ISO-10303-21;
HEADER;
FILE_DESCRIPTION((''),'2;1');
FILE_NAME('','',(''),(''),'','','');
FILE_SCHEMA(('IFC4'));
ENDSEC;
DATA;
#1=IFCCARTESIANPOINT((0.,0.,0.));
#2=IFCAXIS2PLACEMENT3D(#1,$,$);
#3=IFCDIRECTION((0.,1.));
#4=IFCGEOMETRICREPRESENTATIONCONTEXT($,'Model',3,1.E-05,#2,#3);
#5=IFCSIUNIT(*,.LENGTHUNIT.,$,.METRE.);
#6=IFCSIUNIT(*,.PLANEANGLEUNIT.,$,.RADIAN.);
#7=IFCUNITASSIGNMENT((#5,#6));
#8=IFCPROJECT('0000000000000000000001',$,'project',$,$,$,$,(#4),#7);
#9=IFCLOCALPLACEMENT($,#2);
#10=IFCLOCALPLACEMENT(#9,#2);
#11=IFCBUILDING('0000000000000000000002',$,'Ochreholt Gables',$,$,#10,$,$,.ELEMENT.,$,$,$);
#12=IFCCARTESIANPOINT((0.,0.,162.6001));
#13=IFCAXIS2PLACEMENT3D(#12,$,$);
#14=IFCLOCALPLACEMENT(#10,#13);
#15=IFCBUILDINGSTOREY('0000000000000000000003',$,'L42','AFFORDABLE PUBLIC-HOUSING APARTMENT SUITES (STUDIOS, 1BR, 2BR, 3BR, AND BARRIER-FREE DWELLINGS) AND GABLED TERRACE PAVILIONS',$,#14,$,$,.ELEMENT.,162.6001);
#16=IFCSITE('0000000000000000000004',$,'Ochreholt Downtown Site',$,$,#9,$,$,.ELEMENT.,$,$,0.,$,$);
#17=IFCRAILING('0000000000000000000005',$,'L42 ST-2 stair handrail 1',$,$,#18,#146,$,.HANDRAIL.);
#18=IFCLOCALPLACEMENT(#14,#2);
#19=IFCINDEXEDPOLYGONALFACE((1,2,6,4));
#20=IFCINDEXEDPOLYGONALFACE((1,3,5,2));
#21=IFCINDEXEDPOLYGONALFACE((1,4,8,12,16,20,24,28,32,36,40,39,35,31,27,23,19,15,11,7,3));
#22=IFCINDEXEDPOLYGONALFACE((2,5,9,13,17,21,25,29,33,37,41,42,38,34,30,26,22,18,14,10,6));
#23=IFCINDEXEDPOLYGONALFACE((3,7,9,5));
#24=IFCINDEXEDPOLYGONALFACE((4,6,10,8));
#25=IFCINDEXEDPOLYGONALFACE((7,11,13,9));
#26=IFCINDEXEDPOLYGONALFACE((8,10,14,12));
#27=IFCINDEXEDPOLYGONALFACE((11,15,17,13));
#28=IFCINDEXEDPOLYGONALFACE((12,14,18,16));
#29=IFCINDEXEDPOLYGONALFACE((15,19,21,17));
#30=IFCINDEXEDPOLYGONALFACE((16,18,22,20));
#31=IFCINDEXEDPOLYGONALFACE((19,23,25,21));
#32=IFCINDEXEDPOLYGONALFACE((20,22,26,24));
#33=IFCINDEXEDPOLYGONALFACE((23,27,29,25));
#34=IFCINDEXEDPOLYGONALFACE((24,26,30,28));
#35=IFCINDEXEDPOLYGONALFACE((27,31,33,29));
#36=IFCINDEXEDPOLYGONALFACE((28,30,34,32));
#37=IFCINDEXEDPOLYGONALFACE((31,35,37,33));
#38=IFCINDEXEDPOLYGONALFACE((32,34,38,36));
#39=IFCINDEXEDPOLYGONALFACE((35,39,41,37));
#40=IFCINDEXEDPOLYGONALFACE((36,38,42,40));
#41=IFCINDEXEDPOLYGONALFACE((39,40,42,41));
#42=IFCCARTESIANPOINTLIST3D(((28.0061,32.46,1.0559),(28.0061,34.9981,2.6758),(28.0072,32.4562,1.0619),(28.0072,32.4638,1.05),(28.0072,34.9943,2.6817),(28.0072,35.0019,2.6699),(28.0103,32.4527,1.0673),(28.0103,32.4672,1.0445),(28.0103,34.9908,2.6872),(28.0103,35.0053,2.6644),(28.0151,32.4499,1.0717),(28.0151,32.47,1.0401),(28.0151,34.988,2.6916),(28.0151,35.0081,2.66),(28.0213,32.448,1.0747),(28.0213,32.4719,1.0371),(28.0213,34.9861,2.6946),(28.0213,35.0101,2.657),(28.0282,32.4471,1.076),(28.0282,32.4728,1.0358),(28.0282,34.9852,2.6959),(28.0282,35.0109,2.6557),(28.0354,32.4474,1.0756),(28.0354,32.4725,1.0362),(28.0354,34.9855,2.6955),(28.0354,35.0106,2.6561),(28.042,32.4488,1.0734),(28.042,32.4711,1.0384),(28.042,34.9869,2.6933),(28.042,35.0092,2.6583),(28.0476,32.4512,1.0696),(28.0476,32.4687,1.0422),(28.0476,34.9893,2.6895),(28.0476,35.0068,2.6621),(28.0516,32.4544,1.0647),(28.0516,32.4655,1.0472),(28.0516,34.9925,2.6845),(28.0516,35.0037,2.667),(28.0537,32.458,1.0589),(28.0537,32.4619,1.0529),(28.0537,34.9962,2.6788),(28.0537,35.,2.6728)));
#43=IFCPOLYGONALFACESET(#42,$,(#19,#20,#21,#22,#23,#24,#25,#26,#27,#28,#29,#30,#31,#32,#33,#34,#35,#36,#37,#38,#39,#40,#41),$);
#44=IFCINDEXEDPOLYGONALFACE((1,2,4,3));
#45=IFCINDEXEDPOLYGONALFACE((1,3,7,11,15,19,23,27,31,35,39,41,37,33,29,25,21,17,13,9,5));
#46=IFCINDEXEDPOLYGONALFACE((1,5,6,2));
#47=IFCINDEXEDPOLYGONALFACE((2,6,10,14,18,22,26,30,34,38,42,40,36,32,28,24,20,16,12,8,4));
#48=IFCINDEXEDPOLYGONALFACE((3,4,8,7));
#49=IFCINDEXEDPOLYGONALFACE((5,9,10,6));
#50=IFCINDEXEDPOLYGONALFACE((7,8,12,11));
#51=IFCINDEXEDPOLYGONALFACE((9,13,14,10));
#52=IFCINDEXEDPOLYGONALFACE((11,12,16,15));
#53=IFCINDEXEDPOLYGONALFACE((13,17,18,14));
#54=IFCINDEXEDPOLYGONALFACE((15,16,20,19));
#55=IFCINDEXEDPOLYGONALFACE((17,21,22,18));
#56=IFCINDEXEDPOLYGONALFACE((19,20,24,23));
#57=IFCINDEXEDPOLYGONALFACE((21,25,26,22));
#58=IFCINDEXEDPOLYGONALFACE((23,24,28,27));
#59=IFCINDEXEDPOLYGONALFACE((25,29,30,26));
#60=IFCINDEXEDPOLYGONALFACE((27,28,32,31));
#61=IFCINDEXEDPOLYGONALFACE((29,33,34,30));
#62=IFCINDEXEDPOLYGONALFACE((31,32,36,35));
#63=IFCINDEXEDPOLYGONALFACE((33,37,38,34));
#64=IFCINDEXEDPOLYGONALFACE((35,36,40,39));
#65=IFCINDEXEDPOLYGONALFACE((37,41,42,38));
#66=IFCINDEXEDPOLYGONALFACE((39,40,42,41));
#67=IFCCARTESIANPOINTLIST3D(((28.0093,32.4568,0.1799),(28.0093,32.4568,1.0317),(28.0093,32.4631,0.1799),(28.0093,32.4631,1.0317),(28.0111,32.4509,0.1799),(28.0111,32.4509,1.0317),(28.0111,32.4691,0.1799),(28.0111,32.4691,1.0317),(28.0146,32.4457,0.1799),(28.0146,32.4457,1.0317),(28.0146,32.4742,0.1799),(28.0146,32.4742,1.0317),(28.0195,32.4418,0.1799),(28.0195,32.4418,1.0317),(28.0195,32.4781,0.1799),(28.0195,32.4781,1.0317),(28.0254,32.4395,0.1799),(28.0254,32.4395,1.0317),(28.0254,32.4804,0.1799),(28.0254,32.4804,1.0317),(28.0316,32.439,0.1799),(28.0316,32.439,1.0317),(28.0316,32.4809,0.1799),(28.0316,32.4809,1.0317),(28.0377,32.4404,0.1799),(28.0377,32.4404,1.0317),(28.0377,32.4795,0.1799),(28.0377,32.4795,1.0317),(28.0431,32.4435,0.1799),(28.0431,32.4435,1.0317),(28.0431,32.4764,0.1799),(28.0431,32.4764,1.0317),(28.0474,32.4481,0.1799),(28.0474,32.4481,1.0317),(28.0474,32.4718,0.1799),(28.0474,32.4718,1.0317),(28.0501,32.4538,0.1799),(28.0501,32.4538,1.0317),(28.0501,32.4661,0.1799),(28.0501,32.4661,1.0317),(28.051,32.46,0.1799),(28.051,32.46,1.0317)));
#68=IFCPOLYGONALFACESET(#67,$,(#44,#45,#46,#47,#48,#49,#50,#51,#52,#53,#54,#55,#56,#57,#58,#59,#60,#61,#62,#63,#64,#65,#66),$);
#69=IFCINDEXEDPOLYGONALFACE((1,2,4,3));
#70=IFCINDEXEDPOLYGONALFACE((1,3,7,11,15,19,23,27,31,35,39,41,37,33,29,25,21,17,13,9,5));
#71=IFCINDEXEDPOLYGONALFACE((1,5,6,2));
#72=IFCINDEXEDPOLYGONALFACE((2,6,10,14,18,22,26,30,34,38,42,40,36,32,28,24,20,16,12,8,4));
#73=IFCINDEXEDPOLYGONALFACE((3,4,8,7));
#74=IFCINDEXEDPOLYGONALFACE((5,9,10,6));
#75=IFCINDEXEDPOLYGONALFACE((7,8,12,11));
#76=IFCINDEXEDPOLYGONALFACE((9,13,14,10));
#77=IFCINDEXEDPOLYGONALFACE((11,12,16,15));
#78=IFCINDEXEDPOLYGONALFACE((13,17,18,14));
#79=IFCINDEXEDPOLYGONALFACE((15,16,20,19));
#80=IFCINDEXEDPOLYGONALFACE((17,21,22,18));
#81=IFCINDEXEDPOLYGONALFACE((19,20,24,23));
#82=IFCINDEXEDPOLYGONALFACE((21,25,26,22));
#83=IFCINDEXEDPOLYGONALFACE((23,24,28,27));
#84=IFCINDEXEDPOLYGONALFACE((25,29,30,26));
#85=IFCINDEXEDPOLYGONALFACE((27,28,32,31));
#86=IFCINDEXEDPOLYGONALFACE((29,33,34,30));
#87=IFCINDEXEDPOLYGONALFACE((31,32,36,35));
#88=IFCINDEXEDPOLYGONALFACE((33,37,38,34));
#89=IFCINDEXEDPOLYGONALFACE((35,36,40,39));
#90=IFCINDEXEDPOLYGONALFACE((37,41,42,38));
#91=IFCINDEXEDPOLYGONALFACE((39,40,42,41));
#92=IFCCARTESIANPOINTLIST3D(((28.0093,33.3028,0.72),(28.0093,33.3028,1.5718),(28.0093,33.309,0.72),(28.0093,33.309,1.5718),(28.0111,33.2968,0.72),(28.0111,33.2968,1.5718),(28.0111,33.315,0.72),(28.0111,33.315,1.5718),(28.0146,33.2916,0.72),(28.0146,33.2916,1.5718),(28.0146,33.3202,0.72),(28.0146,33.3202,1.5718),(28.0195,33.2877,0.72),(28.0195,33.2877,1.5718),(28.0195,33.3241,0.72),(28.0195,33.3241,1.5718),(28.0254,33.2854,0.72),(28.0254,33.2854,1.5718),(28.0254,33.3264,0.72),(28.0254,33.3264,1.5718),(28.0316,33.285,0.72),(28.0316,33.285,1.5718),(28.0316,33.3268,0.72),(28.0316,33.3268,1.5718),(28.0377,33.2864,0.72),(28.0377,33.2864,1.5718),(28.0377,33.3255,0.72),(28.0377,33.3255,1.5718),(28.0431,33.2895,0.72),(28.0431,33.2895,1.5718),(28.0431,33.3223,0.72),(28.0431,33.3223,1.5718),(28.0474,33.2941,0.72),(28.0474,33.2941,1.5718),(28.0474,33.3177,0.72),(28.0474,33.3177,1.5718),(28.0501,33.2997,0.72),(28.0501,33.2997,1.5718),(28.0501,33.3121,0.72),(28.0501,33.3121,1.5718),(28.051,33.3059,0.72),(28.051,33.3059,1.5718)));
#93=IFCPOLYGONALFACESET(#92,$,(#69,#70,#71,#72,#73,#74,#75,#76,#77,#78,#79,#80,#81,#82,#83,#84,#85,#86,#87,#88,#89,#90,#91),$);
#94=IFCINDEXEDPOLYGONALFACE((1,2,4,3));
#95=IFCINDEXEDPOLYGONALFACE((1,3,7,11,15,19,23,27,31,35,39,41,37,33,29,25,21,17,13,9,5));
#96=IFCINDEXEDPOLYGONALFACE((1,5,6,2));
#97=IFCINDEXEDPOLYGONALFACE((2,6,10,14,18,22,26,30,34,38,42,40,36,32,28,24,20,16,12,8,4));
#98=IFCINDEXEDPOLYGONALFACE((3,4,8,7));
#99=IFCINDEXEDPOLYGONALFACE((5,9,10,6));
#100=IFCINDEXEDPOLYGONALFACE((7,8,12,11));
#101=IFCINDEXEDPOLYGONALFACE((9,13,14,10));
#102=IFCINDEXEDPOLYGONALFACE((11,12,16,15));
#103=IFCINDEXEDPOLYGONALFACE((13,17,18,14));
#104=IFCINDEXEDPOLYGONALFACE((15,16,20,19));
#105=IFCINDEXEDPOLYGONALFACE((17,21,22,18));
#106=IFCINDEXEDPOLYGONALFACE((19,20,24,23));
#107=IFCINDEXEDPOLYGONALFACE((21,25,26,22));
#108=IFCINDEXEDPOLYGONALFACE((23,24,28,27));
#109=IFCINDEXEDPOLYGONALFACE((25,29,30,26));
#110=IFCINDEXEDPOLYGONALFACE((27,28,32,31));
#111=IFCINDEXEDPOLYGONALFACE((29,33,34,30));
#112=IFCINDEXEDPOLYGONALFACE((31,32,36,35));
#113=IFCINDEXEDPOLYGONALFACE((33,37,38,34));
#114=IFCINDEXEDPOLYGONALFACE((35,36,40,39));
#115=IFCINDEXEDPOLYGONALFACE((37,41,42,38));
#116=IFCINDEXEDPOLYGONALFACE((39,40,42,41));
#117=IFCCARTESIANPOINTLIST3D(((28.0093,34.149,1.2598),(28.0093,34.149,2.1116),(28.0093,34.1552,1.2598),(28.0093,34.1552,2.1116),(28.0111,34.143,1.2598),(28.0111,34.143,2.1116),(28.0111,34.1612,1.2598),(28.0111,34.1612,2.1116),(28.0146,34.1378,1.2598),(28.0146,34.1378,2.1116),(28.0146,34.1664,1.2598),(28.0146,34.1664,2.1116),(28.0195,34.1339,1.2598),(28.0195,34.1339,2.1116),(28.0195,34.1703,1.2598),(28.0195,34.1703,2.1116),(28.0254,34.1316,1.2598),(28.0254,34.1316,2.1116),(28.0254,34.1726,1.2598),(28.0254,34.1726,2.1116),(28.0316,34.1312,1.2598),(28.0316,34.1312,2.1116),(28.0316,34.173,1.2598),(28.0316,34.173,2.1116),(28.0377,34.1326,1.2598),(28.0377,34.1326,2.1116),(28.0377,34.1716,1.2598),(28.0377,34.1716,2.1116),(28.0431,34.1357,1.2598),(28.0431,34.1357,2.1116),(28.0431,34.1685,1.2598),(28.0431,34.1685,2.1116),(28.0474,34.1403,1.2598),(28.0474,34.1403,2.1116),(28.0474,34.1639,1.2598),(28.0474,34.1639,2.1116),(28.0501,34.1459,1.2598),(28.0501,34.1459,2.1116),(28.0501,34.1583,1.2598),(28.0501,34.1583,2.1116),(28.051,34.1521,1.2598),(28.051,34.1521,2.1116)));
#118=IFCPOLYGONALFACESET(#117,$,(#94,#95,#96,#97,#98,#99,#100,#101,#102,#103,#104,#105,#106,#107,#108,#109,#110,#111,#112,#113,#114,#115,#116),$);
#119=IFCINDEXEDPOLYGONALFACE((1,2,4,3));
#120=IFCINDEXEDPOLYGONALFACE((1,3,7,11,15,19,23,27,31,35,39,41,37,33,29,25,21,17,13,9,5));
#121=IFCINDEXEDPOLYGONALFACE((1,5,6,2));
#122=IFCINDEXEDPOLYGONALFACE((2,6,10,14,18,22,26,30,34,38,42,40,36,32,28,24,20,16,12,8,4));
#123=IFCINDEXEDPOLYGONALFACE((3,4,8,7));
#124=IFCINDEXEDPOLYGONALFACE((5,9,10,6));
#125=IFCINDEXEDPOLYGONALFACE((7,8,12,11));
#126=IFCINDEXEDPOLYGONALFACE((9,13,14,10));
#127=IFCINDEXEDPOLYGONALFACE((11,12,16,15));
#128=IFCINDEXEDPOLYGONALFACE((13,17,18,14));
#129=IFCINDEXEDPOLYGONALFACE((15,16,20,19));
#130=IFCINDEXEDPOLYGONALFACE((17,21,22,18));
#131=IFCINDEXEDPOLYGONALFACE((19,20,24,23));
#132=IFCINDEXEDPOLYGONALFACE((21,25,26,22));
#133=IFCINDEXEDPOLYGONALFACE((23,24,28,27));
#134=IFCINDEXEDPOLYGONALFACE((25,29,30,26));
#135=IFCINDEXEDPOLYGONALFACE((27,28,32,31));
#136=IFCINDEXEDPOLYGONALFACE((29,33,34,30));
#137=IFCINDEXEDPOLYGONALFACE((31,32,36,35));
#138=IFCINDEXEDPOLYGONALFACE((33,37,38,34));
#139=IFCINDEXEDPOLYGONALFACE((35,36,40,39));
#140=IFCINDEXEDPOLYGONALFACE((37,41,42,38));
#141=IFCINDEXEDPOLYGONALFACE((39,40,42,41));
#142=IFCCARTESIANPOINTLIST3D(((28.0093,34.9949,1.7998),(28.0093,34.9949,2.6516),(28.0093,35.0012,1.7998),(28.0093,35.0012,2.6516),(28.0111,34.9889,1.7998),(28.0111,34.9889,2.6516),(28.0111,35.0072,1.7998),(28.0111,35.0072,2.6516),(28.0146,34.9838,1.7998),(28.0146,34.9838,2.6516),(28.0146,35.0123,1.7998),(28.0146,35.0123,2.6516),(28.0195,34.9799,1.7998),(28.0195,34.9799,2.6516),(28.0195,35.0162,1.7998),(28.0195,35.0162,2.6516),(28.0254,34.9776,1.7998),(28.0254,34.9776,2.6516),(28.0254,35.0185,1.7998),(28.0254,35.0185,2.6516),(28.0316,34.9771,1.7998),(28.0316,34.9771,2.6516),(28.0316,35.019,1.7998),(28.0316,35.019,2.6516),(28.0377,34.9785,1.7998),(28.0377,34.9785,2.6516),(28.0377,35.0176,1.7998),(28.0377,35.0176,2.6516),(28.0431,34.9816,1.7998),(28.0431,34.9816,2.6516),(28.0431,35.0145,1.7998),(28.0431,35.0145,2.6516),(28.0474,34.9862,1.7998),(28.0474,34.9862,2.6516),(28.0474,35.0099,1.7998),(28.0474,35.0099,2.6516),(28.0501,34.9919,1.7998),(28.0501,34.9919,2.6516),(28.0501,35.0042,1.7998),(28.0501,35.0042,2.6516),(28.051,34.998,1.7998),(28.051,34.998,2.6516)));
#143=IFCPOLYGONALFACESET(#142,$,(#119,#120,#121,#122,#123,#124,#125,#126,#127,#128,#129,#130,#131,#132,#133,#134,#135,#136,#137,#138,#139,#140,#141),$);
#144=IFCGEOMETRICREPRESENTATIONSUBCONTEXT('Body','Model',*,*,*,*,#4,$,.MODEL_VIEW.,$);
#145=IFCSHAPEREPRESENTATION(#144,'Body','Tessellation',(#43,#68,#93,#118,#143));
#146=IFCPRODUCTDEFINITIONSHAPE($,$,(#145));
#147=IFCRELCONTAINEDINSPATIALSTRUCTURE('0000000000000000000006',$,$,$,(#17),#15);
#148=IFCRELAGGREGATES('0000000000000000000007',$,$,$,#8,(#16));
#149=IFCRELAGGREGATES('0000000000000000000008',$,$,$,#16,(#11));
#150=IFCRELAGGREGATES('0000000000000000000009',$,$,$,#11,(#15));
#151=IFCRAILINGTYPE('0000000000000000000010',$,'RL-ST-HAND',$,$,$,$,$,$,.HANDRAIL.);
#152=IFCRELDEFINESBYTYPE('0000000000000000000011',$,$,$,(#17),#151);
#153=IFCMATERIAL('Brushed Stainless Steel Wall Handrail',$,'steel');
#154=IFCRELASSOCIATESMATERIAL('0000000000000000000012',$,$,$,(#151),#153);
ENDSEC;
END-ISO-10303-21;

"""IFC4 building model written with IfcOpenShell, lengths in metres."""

from ifc_helpers import new_model, si_unit, direction, frame, origin, origin_2d, place, context, subcontext, project, spatial, circle, extrude, material, type_object, element, save


model = new_model("IFC4")

# Units and contexts
model_context = context("Model", 3, precision=1e-05, world=origin(), true_north=direction((0.0, 1.0)))
body_context = subcontext(model_context, "Body", "Model", "MODEL_VIEW")
ifc_project = project(units=[si_unit("LENGTHUNIT", "METRE"), si_unit("PLANEANGLEUNIT", "RADIAN")], contexts=[model_context])

# Site, building, storey
site_placement = place(None, origin())
site = spatial("IfcSite", under=ifc_project, at=site_placement, Name="Ochreholt Downtown Site", CompositionType="ELEMENT", RefElevation=0.0)
building_placement = place(site_placement, origin())
building = spatial("IfcBuilding", under=site, at=building_placement, Name="Ochreholt Gables", CompositionType="ELEMENT")
storey_placement = place(building_placement, frame((0.0, 0.0, 162.6001)))
storey = spatial("IfcBuildingStorey", under=building, at=storey_placement, Name="L42", Description="AFFORDABLE PUBLIC-HOUSING APARTMENT SUITES (STUDIOS, 1BR, 2BR, 3BR, AND BARRIER-FREE DWELLINGS) AND GABLED TERRACE PAVILIONS", CompositionType="ELEMENT", Elevation=162.6001)

# Railing
ifc_material_1 = material(Name="Brushed Stainless Steel Wall Handrail", Category="steel")
railing_type_1 = type_object("IfcRailingType", Name="RL-ST-HAND", PredefinedType="HANDRAIL", material=ifc_material_1)
railing_1_placement = place(storey_placement, frame((28.03, 32.46, 0.1799)))
element("IfcRailing", 1, at=railing_1_placement, inside=storey, type_object=railing_type_1, Name="L42 ST-2 stair handrail 1", PredefinedType="HANDRAIL", context=body_context, shape_type="SweptSolid", body=[
    extrude(circle(Radius=0.0239, at=origin_2d()), frame((0.0, 0.0, 0.876), z_axis=(0.0, 0.84295, 0.537993), x_axis=(-1.0, 0.0, 0.0)), (0.0, 0.0, 1.0), 3.011),
    extrude(circle(Radius=0.021, at=origin_2d()), origin(), (0.0, 0.0, 1.0), 0.8518),
    extrude(circle(Radius=0.021, at=origin_2d()), frame((0.0, 0.8459, 0.54)), (0.0, 0.0, 1.0), 0.8518),
    extrude(circle(Radius=0.021, at=origin_2d()), frame((0.0, 1.6921, 1.0798)), (0.0, 0.0, 1.0), 0.8518),
    extrude(circle(Radius=0.021, at=origin_2d()), frame((0.0, 2.5381, 1.6199)), (0.0, 0.0, 1.0), 0.8518),
])

save(model, "model.ifc")
